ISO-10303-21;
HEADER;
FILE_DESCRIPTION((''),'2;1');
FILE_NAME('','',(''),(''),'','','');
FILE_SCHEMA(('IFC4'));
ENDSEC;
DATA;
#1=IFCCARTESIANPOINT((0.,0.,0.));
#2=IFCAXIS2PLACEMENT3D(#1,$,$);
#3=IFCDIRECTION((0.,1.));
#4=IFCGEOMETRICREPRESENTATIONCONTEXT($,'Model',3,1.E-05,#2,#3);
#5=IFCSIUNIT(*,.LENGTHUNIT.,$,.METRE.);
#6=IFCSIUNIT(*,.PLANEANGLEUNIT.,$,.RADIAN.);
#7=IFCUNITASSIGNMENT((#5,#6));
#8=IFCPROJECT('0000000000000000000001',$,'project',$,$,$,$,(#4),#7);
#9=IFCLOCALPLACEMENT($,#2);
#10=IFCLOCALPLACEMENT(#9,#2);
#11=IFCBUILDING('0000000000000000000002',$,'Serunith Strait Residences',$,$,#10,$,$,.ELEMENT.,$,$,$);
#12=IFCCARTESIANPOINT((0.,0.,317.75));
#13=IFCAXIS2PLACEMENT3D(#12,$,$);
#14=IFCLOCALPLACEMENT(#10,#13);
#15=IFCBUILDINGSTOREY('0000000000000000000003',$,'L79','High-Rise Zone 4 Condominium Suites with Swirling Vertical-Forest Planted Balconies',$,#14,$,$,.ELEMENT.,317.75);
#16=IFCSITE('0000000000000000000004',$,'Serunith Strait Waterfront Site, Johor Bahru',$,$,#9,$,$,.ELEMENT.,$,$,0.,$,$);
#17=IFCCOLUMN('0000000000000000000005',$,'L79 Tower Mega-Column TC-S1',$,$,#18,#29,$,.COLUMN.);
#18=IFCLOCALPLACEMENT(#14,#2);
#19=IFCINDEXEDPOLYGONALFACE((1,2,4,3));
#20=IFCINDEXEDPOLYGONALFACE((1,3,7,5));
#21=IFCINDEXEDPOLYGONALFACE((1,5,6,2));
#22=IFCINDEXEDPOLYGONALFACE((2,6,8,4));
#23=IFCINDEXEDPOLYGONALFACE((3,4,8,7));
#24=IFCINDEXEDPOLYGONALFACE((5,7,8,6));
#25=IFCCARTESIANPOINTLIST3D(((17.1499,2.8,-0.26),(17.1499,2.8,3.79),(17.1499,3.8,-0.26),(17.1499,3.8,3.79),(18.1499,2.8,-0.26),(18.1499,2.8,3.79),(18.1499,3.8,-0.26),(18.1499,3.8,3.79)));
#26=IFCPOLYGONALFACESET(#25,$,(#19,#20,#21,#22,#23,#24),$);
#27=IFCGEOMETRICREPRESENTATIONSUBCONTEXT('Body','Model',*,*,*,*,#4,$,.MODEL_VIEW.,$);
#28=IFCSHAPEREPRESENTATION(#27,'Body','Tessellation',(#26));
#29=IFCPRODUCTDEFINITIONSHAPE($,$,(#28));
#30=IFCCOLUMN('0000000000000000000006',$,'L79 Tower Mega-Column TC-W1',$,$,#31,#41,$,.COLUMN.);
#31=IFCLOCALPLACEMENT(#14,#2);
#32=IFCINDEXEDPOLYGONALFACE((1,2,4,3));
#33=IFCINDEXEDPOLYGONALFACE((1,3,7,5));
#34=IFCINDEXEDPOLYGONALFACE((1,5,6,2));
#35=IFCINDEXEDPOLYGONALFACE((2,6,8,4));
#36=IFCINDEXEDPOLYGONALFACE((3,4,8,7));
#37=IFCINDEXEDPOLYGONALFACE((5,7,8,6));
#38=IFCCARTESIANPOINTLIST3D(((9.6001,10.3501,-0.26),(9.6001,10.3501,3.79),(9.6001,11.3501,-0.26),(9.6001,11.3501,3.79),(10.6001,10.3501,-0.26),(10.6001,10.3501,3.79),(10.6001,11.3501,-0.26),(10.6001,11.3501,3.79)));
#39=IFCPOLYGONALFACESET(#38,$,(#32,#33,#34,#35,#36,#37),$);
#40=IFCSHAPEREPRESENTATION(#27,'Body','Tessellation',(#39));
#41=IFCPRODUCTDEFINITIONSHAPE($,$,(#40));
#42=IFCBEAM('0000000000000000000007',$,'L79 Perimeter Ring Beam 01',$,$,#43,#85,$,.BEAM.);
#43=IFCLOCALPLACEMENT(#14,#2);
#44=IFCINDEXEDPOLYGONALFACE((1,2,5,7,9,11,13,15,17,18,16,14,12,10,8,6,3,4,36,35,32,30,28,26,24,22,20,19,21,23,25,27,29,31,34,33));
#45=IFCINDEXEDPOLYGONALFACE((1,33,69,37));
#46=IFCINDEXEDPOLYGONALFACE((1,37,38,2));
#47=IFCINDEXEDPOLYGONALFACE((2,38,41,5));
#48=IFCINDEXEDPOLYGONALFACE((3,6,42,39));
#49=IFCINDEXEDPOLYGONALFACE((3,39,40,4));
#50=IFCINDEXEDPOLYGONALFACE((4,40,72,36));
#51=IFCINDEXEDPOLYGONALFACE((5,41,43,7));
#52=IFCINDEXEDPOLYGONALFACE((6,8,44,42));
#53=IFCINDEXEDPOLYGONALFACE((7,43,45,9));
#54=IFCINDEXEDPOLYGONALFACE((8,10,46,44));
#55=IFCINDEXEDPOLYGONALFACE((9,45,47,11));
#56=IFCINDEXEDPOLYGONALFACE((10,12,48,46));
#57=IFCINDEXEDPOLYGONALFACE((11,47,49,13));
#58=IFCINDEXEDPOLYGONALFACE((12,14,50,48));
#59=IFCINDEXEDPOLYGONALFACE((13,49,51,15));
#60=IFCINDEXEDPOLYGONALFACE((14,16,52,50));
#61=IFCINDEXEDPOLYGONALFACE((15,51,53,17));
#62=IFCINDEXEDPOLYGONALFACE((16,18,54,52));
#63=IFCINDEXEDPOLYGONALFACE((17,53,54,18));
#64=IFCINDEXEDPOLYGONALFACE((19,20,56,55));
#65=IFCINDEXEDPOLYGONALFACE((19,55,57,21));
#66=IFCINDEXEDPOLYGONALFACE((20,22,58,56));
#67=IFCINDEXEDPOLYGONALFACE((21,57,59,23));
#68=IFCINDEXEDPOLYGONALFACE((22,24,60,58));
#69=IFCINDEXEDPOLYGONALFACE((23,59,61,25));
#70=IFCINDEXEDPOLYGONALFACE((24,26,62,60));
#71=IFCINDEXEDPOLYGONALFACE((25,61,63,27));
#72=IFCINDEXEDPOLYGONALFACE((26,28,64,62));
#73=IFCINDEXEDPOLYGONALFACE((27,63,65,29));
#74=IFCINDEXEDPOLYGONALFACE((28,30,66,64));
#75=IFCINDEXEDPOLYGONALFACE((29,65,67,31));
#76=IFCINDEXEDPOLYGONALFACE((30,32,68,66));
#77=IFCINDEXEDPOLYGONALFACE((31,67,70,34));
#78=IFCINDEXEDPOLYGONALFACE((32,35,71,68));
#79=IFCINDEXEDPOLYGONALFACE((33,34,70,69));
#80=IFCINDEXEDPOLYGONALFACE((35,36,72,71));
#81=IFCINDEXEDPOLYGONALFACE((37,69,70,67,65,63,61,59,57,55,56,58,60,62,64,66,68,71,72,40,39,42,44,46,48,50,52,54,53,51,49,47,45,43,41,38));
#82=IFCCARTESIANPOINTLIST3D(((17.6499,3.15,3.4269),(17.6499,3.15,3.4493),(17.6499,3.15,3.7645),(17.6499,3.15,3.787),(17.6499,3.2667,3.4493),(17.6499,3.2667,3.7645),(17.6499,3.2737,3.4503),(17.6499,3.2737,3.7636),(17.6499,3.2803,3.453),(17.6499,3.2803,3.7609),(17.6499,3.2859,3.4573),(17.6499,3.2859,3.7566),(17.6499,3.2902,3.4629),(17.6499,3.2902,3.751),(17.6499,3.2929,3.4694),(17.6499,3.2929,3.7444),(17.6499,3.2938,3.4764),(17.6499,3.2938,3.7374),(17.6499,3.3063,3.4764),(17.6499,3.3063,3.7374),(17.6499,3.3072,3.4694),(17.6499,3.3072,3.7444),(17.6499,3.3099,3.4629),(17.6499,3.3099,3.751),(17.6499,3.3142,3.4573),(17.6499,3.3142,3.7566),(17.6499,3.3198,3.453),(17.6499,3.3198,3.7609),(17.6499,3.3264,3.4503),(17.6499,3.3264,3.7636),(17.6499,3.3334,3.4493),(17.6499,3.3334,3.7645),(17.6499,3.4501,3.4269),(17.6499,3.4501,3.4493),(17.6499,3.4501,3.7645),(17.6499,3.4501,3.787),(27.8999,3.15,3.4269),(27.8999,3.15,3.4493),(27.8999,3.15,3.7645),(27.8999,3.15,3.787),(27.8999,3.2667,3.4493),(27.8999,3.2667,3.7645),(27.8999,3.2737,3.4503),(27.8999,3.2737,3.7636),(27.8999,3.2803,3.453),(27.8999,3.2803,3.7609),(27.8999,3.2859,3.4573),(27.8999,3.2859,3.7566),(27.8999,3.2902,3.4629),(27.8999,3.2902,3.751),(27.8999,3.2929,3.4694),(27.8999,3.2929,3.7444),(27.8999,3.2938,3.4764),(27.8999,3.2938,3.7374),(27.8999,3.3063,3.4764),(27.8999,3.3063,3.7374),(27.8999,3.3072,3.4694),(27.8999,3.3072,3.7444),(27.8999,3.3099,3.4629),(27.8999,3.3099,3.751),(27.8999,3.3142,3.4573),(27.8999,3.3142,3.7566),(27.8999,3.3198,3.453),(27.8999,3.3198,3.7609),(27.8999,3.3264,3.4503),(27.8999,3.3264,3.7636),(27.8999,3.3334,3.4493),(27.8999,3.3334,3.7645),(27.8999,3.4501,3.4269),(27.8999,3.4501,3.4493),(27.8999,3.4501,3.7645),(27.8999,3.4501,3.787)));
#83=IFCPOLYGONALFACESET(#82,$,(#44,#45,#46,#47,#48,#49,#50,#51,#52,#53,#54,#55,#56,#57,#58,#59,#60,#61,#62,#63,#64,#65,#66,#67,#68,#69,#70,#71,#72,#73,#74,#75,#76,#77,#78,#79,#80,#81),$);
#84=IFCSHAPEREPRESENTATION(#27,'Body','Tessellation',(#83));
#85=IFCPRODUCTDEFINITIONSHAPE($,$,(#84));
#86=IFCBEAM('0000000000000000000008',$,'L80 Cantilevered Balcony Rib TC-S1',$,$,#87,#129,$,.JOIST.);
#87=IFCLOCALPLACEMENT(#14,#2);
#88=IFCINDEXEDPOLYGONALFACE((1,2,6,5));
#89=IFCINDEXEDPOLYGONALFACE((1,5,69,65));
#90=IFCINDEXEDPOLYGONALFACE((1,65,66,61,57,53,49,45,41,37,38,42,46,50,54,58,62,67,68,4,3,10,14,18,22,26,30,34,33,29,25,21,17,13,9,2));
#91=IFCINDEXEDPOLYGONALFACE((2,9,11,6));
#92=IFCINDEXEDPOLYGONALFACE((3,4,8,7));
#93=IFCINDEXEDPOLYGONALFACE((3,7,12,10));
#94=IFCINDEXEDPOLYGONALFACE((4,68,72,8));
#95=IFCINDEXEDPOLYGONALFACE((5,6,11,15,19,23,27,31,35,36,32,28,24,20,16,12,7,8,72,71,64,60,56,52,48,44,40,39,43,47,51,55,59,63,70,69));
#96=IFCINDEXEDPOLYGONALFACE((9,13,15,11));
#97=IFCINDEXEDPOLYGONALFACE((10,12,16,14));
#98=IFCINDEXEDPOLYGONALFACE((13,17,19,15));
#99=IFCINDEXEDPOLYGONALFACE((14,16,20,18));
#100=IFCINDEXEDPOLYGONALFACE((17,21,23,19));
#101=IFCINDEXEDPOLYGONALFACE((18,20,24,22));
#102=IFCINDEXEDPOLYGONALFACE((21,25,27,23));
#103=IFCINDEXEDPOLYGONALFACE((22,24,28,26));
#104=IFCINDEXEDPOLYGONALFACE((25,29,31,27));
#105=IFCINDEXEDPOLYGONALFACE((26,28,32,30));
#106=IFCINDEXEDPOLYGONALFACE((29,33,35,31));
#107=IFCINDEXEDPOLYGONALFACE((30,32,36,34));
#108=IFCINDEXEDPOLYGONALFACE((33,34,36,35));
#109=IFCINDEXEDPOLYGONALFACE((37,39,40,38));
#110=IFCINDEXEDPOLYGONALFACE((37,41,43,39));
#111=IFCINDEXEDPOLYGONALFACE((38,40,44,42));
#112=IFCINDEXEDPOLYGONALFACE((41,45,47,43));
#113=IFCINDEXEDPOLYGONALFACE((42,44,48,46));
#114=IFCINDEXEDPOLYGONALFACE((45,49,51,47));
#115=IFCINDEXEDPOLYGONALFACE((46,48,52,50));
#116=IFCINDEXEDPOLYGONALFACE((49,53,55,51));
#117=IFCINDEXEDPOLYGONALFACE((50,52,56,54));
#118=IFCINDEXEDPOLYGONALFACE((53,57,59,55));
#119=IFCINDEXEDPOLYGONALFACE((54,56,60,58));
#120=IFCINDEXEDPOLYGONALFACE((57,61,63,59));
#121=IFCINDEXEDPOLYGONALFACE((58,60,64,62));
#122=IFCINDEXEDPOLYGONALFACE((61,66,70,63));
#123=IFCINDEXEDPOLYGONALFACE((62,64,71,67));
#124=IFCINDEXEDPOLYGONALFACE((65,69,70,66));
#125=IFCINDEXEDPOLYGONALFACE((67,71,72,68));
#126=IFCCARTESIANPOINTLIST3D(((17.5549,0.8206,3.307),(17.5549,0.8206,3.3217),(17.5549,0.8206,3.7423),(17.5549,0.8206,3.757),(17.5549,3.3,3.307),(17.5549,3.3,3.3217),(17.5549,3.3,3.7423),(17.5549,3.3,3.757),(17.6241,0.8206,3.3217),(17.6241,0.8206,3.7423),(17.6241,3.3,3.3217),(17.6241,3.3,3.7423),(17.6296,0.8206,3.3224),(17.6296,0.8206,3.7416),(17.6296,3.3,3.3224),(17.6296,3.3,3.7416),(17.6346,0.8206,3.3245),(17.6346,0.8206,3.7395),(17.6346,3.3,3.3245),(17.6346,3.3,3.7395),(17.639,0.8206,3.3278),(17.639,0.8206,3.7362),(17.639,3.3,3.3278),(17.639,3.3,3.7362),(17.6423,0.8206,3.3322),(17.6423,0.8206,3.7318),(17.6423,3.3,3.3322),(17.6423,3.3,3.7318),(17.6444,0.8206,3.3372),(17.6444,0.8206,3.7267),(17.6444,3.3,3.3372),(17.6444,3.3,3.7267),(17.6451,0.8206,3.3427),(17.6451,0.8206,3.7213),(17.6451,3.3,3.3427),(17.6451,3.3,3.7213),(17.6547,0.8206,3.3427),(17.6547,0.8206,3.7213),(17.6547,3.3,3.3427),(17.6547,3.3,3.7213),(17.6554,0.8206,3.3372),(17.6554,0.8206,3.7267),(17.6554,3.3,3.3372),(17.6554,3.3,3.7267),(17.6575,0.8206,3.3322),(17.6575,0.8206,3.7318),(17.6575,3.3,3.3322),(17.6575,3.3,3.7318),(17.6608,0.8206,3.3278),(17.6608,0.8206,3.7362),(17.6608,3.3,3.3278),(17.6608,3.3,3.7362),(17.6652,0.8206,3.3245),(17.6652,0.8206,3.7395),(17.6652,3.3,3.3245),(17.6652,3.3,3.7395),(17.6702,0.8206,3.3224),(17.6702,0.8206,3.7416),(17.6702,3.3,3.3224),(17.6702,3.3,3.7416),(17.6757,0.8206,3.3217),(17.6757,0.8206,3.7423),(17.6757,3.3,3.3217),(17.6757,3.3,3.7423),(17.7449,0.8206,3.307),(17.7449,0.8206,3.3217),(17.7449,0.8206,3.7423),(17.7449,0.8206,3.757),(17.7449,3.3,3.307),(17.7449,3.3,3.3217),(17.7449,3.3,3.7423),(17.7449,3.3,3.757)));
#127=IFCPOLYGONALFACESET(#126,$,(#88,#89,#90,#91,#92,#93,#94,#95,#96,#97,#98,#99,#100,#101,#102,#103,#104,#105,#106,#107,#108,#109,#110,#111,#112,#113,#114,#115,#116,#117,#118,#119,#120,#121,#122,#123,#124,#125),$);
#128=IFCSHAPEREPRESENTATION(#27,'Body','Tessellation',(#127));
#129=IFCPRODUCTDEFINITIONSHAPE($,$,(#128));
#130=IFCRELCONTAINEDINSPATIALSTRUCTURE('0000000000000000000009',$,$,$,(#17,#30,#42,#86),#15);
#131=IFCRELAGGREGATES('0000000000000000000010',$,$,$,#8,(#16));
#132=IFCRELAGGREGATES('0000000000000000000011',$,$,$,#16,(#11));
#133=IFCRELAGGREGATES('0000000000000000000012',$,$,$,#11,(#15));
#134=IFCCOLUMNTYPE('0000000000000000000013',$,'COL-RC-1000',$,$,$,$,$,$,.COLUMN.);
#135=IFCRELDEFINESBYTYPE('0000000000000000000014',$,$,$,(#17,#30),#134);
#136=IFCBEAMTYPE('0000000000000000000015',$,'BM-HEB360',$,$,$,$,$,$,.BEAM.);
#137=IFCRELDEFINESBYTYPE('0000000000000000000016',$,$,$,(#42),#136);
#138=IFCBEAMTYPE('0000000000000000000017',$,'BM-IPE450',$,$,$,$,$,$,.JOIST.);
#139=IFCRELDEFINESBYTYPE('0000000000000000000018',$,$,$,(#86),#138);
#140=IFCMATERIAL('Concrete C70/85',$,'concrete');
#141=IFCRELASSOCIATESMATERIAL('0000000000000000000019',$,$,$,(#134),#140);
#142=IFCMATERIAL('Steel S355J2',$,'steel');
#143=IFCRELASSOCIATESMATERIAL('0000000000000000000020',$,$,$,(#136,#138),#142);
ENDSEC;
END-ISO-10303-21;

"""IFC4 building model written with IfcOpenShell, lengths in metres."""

from ifc_helpers import new_model, si_unit, direction, frame, origin, origin_2d, place, context, subcontext, project, spatial, rectangle, i_section, extrude, source, transform, mapped, material, material_profile, profile_set, type_object, element, save


model = new_model("IFC4")

# Units and contexts
model_context = context("Model", 3, precision=1e-05, world=origin(), true_north=direction((0.0, 1.0)))
body_context = subcontext(model_context, "Body", "Model", "MODEL_VIEW")
ifc_project = project(units=[si_unit("LENGTHUNIT", "METRE"), si_unit("PLANEANGLEUNIT", "RADIAN")], contexts=[model_context])

# Site, building, storey
site_placement = place(None, origin())
site = spatial("IfcSite", under=ifc_project, at=site_placement, Name="Serunith Strait Waterfront Site, Johor Bahru", CompositionType="ELEMENT", RefElevation=0.0)
building_placement = place(site_placement, origin())
building = spatial("IfcBuilding", under=site, at=building_placement, Name="Serunith Strait Residences", CompositionType="ELEMENT")
storey_placement = place(building_placement, frame((0.0, 0.0, 317.75)))
storey = spatial("IfcBuildingStorey", under=building, at=storey_placement, Name="L79", Description="High-Rise Zone 4 Condominium Suites with Swirling Vertical-Forest Planted Balconies", CompositionType="ELEMENT", Elevation=317.75)

# Columns
ifc_material_1 = material(Name="Concrete C70/85", Category="concrete")
ifc_material_profile_1 = material_profile(ifc_material_1, rectangle(XDim=1.0, YDim=1.0, at=origin_2d()), Name="RC 1000x1000")
ifc_profile_set_1 = profile_set([ifc_material_profile_1], Name="Concrete C70/85")
column_type = type_object("IfcColumnType", Name="COL-RC-1000", PredefinedType="COLUMN", material=ifc_profile_set_1)
shared_shape_1 = source(origin(), body_context, "Body", "SweptSolid", [
    extrude(rectangle(XDim=1.0, YDim=1.0, at=origin_2d()), origin(), (0.0, 0.0, 1.0), 4.05),
])
for number, where, z_axis, x_axis, name in (
    (1, (17.6499, 3.3, -0.26), (0.0, 0.0, 1.0), (1.0, 0.0, 0.0), "L79 Tower Mega-Column TC-S1"),
    (2, (10.1001, 10.8501, -0.26), (0.0, 0.0, 1.0), (1.0, 0.0, 0.0), "L79 Tower Mega-Column TC-W1"),
):
    element("IfcColumn", number, at=place(storey_placement, frame(where, z_axis=z_axis, x_axis=x_axis)), inside=storey, type_object=column_type, Name=name, PredefinedType="COLUMN", context=body_context, shape_type="MappedRepresentation", body=[
        mapped(shared_shape_1, transform((0.0, 0.0, 0.0), scale=1.0)),
    ])

# Beams
ifc_material_2 = material(Name="Steel S355J2", Category="steel")
ifc_material_profile_2 = material_profile(ifc_material_2, i_section(OverallWidth=0.3, OverallDepth=0.3601, WebThickness=0.0125, FlangeThickness=0.0225, FilletRadius=0.0271, at=origin_2d()), Name="HEB 360")
ifc_profile_set_2 = profile_set([ifc_material_profile_2], Name="Steel S355J2")
beam_type_1 = type_object("IfcBeamType", Name="BM-HEB360", PredefinedType="BEAM", material=ifc_profile_set_2)
shared_shape_2 = source(origin(), body_context, "Body", "SweptSolid", [
    extrude(i_section(OverallWidth=0.3, OverallDepth=0.3601, WebThickness=0.0125, FlangeThickness=0.0225, FilletRadius=0.0271, at=origin_2d()), origin(), (0.0, 0.0, 1.0), 10.25),
])
beam_1_placement = place(storey_placement, frame((17.6499, 3.3, 3.6069), z_axis=(1.0, 0.0, 0.0), x_axis=(0.0, 1.0, 0.0)))
element("IfcBeam", 3, at=beam_1_placement, inside=storey, type_object=beam_type_1, Name="L79 Perimeter Ring Beam 01", PredefinedType="BEAM", context=body_context, shape_type="MappedRepresentation", body=[
    mapped(shared_shape_2, transform((0.0, 0.0, 0.0), scale=1.0)),
])
ifc_material_profile_3 = material_profile(ifc_material_2, i_section(OverallWidth=0.1899, OverallDepth=0.45, WebThickness=0.0095, FlangeThickness=0.0146, FilletRadius=0.021, at=origin_2d()), Name="IPE 450")
ifc_profile_set_3 = profile_set([ifc_material_profile_3], Name="Steel S355J2")
beam_type_2 = type_object("IfcBeamType", Name="BM-IPE450", PredefinedType="JOIST", material=ifc_profile_set_3)
shared_shape_3 = source(origin(), body_context, "Body", "SweptSolid", [
    extrude(i_section(OverallWidth=0.1899, OverallDepth=0.45, WebThickness=0.0095, FlangeThickness=0.0146, FilletRadius=0.021, at=origin_2d()), origin(), (0.0, 0.0, 1.0), 2.4795),
])
beam_2_placement = place(storey_placement, frame((17.6499, 3.3, 3.532), z_axis=(0.0, -1.0, 0.0), x_axis=(1.0, 0.0, 0.0)))
element("IfcBeam", 4, at=beam_2_placement, inside=storey, type_object=beam_type_2, Name="L80 Cantilevered Balcony Rib TC-S1", PredefinedType="JOIST", context=body_context, shape_type="MappedRepresentation", body=[
    mapped(shared_shape_3, transform((0.0, 0.0, 0.0), scale=1.0)),
])

save(model, "model.ifc")
